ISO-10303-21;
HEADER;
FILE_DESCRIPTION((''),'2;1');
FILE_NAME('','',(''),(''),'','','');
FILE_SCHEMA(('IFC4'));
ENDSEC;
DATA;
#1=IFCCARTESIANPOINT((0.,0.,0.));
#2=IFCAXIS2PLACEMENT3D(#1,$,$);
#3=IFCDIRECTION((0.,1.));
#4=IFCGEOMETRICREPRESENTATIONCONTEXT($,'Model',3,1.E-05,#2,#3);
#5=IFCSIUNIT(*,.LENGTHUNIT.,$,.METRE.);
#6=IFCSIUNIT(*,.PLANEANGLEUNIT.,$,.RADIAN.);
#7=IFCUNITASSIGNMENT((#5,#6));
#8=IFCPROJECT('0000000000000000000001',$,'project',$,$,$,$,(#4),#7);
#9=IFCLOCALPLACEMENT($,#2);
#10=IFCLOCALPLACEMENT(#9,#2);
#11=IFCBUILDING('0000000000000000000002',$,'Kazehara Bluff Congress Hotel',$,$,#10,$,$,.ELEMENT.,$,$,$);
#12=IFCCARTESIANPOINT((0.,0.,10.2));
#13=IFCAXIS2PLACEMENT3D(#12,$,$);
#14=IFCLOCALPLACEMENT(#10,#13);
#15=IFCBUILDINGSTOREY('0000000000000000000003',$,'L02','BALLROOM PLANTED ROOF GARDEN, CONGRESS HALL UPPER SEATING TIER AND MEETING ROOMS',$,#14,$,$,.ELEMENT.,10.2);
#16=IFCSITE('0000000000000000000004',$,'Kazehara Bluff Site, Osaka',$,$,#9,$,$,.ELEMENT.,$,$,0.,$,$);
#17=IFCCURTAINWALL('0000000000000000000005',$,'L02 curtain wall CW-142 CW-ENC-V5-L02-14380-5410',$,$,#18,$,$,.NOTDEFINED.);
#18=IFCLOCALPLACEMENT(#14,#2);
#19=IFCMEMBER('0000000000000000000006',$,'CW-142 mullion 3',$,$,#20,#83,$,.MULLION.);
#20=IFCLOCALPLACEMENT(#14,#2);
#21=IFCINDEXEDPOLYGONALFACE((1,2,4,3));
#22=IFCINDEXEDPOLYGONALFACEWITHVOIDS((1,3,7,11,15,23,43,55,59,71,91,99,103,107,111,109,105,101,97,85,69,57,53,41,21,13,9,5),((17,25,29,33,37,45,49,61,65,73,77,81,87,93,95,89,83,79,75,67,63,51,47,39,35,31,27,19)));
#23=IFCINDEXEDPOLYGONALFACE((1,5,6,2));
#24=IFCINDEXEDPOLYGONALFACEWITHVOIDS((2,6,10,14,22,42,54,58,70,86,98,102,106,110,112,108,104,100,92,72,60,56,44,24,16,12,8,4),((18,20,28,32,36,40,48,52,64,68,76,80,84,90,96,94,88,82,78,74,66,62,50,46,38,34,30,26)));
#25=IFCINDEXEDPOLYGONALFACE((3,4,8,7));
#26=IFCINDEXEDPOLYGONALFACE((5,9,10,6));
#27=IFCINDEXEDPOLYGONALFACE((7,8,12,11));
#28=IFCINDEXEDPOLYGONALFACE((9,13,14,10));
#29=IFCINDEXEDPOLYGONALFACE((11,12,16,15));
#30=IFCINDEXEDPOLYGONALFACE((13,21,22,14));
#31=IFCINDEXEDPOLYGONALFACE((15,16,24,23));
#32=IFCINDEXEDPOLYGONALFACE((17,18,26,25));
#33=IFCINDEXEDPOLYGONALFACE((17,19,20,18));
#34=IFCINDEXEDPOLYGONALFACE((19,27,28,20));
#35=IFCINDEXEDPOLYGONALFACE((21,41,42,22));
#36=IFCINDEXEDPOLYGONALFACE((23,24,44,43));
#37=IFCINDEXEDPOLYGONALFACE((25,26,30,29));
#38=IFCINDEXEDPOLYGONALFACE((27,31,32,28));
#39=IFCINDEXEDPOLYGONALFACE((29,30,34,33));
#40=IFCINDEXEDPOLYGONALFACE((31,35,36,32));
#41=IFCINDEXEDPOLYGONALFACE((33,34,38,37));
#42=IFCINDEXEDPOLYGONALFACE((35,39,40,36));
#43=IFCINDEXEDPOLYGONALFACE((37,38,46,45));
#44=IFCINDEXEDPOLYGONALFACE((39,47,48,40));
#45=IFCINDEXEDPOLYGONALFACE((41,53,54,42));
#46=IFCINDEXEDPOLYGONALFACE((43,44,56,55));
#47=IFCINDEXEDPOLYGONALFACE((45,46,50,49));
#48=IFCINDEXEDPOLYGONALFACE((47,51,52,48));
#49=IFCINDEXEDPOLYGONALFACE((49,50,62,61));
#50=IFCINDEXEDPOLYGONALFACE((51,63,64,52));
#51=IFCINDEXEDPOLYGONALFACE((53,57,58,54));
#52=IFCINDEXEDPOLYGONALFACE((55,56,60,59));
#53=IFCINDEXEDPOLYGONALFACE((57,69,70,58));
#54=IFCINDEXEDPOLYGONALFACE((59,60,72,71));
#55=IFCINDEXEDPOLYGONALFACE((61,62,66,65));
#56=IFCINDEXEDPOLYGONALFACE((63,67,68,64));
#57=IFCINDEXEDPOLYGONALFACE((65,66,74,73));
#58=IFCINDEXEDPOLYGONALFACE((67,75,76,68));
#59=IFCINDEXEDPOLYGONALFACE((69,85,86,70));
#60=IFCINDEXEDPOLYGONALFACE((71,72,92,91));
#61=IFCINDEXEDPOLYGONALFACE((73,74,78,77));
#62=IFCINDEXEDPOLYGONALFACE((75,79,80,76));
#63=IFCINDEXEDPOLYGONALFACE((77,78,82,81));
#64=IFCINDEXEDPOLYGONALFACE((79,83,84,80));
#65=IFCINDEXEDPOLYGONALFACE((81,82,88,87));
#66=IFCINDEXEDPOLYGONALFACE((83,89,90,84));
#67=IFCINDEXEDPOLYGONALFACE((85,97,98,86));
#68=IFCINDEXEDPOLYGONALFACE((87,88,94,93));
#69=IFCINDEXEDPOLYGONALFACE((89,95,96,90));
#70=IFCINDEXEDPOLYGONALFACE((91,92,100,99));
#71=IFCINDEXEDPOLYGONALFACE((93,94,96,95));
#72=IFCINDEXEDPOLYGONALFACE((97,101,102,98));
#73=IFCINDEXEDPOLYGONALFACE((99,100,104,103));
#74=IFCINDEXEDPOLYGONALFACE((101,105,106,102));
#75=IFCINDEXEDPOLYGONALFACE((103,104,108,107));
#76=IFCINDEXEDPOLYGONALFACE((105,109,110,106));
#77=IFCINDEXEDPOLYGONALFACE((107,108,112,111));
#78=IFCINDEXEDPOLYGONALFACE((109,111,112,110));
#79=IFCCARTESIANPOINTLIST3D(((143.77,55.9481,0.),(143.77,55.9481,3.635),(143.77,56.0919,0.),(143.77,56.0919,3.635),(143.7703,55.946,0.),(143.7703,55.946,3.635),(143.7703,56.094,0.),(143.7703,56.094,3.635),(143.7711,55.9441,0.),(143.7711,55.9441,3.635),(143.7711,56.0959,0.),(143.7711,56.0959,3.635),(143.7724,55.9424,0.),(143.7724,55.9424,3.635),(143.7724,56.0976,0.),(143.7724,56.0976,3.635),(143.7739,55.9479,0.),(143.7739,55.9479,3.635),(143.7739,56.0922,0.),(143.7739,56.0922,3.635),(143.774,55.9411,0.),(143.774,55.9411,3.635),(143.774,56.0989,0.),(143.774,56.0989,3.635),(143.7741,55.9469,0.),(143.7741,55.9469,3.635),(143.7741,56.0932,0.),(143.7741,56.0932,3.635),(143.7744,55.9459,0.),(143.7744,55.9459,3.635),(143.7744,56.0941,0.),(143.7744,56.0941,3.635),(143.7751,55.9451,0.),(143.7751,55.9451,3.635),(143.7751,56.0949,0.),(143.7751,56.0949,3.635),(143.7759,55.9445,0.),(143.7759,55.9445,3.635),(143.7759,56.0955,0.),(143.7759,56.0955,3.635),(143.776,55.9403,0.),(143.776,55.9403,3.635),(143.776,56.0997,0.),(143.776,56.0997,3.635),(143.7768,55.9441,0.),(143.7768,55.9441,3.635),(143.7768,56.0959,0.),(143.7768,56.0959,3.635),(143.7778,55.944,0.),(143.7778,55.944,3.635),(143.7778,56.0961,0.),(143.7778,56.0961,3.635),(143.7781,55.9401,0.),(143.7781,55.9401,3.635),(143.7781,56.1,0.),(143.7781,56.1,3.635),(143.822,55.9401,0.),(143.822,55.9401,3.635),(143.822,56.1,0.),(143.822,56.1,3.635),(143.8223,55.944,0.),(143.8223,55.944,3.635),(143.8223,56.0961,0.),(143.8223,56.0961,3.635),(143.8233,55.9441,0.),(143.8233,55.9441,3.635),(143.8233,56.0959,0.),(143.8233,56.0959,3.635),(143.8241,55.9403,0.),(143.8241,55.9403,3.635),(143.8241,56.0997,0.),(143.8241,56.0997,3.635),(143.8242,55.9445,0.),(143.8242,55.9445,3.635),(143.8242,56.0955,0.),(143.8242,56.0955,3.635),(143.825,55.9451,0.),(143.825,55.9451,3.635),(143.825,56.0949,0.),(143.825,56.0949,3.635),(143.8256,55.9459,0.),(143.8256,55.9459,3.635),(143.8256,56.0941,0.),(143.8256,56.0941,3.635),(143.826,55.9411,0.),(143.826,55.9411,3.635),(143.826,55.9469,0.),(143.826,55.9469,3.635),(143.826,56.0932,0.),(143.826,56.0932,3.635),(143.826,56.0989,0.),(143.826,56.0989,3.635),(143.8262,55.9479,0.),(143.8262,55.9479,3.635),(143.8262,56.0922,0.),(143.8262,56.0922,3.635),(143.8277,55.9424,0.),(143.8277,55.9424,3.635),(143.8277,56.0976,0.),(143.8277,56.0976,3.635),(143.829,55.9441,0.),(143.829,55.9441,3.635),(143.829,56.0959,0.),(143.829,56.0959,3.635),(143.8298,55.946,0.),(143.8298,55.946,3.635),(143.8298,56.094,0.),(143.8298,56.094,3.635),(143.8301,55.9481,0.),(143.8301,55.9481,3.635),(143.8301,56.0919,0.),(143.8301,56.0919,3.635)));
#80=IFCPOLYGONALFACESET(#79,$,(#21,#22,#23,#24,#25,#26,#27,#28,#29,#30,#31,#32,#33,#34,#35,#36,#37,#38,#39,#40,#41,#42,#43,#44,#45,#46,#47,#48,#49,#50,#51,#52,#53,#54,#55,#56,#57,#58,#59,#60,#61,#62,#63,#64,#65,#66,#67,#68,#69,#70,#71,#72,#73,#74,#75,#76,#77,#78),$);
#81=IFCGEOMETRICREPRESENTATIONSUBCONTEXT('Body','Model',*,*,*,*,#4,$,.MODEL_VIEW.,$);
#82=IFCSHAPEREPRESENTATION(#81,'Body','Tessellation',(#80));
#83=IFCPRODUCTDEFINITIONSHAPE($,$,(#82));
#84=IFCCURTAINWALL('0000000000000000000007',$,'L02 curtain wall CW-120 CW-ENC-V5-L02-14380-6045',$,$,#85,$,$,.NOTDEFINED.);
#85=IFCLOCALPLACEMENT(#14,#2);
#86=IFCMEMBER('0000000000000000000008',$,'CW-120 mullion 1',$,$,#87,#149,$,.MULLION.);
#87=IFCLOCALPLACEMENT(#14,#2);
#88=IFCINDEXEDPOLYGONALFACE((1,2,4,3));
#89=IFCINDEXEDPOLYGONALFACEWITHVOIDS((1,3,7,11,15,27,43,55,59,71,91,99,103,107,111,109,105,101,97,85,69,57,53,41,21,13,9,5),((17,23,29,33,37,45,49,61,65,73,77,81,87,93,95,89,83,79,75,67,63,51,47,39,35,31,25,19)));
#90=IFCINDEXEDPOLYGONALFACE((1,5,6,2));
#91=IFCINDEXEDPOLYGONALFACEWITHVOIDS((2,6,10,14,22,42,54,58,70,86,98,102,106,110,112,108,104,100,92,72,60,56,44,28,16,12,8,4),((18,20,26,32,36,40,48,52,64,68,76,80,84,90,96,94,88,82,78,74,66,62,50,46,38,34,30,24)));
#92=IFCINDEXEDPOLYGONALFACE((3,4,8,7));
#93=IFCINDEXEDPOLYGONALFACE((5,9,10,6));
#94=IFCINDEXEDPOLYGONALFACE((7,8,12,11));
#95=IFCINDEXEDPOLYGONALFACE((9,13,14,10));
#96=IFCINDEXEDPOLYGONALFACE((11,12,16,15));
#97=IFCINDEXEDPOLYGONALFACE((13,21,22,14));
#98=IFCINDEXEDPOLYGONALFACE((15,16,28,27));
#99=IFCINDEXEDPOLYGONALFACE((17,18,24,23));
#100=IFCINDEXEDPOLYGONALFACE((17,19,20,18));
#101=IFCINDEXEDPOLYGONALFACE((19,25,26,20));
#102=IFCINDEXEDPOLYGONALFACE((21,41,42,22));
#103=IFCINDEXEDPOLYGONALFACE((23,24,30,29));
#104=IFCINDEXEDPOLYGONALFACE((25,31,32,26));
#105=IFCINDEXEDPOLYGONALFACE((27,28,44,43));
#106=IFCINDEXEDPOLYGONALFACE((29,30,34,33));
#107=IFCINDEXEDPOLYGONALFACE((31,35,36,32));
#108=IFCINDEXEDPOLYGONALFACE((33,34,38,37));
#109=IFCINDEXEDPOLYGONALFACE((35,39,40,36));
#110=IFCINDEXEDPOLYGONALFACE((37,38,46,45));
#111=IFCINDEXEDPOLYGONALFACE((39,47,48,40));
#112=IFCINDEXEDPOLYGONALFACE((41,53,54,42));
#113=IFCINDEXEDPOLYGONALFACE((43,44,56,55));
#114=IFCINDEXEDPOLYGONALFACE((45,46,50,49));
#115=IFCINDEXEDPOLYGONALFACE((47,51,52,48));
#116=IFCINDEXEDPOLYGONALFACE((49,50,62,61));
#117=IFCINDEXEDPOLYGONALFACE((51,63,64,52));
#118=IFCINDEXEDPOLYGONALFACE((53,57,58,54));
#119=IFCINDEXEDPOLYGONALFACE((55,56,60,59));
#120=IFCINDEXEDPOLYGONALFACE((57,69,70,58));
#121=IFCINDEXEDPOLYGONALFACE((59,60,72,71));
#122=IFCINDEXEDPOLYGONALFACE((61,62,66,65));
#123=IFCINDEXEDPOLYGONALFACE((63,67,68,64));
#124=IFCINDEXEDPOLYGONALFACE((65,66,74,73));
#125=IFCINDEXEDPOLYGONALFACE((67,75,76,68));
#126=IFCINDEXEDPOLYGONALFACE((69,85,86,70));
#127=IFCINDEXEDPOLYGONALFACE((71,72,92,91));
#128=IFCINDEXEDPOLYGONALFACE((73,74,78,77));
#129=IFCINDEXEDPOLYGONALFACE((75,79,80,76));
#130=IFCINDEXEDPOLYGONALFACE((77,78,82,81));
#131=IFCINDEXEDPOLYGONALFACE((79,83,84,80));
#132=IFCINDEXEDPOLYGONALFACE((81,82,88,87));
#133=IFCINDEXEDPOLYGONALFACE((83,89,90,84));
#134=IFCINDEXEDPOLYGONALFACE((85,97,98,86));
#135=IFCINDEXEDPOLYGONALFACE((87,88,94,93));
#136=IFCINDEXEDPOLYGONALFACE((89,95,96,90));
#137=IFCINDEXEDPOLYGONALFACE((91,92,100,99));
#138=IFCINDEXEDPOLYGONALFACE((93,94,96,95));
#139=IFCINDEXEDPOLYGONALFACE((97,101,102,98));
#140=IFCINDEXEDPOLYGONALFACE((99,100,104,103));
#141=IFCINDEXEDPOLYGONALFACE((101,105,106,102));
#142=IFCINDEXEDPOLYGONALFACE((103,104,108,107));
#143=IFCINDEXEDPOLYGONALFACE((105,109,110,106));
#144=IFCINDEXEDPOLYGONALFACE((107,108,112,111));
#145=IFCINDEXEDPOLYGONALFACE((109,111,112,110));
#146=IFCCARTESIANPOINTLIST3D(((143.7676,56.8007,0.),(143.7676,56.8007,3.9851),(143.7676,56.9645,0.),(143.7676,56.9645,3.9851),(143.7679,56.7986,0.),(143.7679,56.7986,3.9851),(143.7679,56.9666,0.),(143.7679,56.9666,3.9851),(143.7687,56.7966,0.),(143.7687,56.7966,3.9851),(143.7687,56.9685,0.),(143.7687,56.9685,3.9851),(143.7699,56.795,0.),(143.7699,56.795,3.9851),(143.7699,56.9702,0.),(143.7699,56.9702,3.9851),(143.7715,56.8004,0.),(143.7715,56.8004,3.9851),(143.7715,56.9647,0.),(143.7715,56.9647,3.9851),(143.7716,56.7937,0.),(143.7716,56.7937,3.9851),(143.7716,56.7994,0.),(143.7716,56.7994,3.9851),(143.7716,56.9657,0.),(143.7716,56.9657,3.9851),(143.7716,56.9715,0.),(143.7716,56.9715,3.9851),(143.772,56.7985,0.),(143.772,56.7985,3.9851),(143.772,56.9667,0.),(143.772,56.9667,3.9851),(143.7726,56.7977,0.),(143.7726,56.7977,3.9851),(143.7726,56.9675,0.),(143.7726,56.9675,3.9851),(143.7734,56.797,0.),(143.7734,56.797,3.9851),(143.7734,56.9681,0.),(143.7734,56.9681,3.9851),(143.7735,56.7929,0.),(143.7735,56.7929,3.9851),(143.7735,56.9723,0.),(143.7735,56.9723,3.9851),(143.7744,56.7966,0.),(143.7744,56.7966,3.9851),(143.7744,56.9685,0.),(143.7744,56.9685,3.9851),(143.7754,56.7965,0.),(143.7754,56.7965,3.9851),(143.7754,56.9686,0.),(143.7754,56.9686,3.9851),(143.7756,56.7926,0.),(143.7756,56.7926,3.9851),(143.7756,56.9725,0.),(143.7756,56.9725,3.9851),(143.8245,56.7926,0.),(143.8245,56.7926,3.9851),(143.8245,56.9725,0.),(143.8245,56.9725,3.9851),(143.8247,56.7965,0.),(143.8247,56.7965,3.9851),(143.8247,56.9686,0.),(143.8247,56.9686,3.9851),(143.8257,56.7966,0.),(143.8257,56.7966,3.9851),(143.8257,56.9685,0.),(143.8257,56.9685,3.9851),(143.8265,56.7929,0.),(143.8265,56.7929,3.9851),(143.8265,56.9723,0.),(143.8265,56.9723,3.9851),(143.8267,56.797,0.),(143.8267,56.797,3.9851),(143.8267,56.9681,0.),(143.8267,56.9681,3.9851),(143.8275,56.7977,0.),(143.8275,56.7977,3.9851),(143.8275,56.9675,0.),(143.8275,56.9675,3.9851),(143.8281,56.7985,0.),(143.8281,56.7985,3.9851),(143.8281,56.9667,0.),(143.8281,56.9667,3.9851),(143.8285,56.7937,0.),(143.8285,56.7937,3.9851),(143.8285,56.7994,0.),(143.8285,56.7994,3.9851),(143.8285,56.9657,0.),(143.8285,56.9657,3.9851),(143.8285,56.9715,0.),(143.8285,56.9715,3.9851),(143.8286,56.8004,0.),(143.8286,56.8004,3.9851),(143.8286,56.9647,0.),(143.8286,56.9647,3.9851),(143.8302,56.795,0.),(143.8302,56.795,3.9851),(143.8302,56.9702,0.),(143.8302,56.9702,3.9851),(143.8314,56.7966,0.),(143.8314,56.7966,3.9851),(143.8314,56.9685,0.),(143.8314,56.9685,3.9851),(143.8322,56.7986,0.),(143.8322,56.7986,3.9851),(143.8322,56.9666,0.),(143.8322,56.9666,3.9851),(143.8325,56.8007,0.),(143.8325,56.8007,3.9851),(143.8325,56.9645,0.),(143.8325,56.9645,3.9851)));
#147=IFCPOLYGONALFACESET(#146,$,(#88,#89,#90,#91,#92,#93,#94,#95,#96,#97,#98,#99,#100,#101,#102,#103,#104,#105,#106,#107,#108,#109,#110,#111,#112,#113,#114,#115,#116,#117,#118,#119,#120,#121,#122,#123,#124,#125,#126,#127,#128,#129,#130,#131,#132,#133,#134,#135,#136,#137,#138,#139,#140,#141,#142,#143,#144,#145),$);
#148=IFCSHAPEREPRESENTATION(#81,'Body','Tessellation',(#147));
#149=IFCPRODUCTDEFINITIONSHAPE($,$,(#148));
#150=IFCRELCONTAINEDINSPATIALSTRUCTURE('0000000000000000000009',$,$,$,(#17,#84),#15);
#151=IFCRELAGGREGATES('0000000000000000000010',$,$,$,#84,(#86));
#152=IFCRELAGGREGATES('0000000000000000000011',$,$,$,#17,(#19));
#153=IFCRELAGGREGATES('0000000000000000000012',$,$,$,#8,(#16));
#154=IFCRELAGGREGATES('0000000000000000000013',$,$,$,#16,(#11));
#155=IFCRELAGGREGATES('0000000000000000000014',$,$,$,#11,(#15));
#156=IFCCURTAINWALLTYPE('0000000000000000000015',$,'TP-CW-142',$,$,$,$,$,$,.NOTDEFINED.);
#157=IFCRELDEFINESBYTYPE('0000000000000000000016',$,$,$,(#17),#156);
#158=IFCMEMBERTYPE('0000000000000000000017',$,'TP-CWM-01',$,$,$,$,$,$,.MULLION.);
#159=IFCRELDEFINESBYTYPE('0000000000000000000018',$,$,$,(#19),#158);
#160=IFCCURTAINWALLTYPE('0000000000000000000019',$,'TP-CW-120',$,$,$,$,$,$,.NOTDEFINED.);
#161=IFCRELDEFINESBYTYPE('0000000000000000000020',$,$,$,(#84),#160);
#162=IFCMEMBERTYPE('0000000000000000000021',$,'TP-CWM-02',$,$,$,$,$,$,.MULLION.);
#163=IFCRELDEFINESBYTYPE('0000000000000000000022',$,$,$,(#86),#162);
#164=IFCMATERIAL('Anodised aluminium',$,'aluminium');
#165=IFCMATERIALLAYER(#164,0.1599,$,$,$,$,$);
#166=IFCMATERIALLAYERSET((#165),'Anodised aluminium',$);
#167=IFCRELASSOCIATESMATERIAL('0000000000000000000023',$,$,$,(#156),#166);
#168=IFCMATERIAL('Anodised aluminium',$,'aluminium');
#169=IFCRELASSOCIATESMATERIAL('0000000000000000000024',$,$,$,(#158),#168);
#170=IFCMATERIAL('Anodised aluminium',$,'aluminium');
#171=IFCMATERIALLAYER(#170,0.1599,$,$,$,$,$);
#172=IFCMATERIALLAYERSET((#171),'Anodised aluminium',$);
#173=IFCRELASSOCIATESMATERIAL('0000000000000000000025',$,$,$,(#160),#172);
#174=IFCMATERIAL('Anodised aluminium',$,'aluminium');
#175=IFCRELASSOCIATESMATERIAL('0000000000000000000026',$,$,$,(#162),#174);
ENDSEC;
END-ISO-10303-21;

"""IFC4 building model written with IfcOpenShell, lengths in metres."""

from ifc_helpers import new_model, si_unit, direction, frame, origin, origin_2d, place, context, subcontext, project, spatial, hollow_rectangle, extrude, material, layer, layer_set, material_profile, profile_set, type_object, element, aggregate, save


model = new_model("IFC4")

# Units and contexts
model_context = context("Model", 3, precision=1e-05, world=origin(), true_north=direction((0.0, 1.0)))
body_context = subcontext(model_context, "Body", "Model", "MODEL_VIEW")
ifc_project = project(units=[si_unit("LENGTHUNIT", "METRE"), si_unit("PLANEANGLEUNIT", "RADIAN")], contexts=[model_context])

# Site, building, storey
site_placement = place(None, origin())
site = spatial("IfcSite", under=ifc_project, at=site_placement, Name="Kazehara Bluff Site, Osaka", CompositionType="ELEMENT", RefElevation=0.0)
building_placement = place(site_placement, origin())
building = spatial("IfcBuilding", under=site, at=building_placement, Name="Kazehara Bluff Congress Hotel", CompositionType="ELEMENT")
storey_placement = place(building_placement, frame((0.0, 0.0, 10.2)))
storey = spatial("IfcBuildingStorey", under=building, at=storey_placement, Name="L02", Description="BALLROOM PLANTED ROOF GARDEN, CONGRESS HALL UPPER SEATING TIER AND MEETING ROOMS", CompositionType="ELEMENT", Elevation=10.2)

# Curtain wall, member
ifc_material_1 = material(Name="Anodised aluminium", Category="aluminium")
ifc_layer_1 = layer(ifc_material_1, 0.1599)
ifc_layer_set_1 = layer_set([ifc_layer_1], Name="Anodised aluminium")
curtain_wall_type_1 = type_object("IfcCurtainWallType", Name="TP-CW-142", PredefinedType="NOTDEFINED", material=ifc_layer_set_1)
curtain_wall_1_placement = place(storey_placement, origin())
curtain_wall_1 = element("IfcCurtainWall", 1, at=curtain_wall_1_placement, inside=storey, type_object=curtain_wall_type_1, Name="L02 curtain wall CW-142 CW-ENC-V5-L02-14380-5410", PredefinedType="NOTDEFINED")
ifc_material_2 = material(Name="Anodised aluminium", Category="aluminium")
ifc_material_profile_1 = material_profile(ifc_material_2, hollow_rectangle(XDim=0.0601, YDim=0.1599, WallThickness=0.0039, InnerFilletRadius=0.0039, OuterFilletRadius=0.0081, at=origin_2d()))
ifc_profile_set_1 = profile_set([ifc_material_profile_1], Name="Anodised aluminium")
member_type_1 = type_object("IfcMemberType", Name="TP-CWM-01", PredefinedType="MULLION", material=ifc_profile_set_1)
member_1_placement = place(storey_placement, frame((143.8, 56.02, 0.0), z_axis=(0.0, 0.0, 1.0), x_axis=(-1.0, 0.0, 0.0)))
member_1 = element("IfcMember", 2, at=member_1_placement, type_object=member_type_1, Name="CW-142 mullion 3", PredefinedType="MULLION", context=body_context, shape_type="SweptSolid", body=[
    extrude(hollow_rectangle(XDim=0.0601, YDim=0.1599, WallThickness=0.0039, InnerFilletRadius=0.0039, OuterFilletRadius=0.0081, at=origin_2d()), origin(), (0.0, 0.0, 1.0), 3.635),
])

# Curtain wall, member
ifc_material_3 = material(Name="Anodised aluminium", Category="aluminium")
ifc_layer_2 = layer(ifc_material_3, 0.1599)
ifc_layer_set_2 = layer_set([ifc_layer_2], Name="Anodised aluminium")
curtain_wall_type_2 = type_object("IfcCurtainWallType", Name="TP-CW-120", PredefinedType="NOTDEFINED", material=ifc_layer_set_2)
curtain_wall_2_placement = place(storey_placement, origin())
curtain_wall_2 = element("IfcCurtainWall", 3, at=curtain_wall_2_placement, inside=storey, type_object=curtain_wall_type_2, Name="L02 curtain wall CW-120 CW-ENC-V5-L02-14380-6045", PredefinedType="NOTDEFINED")
ifc_material_4 = material(Name="Anodised aluminium", Category="aluminium")
ifc_material_profile_2 = material_profile(ifc_material_4, hollow_rectangle(XDim=0.0649, YDim=0.1799, WallThickness=0.0039, InnerFilletRadius=0.0039, OuterFilletRadius=0.0081, at=origin_2d()))
ifc_profile_set_2 = profile_set([ifc_material_profile_2], Name="Anodised aluminium")
member_type_2 = type_object("IfcMemberType", Name="TP-CWM-02", PredefinedType="MULLION", material=ifc_profile_set_2)
member_2_placement = place(storey_placement, frame((143.8, 56.8826, 0.0), z_axis=(0.0, 0.0, 1.0), x_axis=(-1.0, 0.0, 0.0)))
member_2 = element("IfcMember", 4, at=member_2_placement, type_object=member_type_2, Name="CW-120 mullion 1", PredefinedType="MULLION", context=body_context, shape_type="SweptSolid", body=[
    extrude(hollow_rectangle(XDim=0.0649, YDim=0.1799, WallThickness=0.0039, InnerFilletRadius=0.0039, OuterFilletRadius=0.0081, at=origin_2d()), origin(), (0.0, 0.0, 1.0), 3.9851),
])
aggregate(curtain_wall_2, [member_2])

aggregate(curtain_wall_1, [member_1])

save(model, "model.ifc")
